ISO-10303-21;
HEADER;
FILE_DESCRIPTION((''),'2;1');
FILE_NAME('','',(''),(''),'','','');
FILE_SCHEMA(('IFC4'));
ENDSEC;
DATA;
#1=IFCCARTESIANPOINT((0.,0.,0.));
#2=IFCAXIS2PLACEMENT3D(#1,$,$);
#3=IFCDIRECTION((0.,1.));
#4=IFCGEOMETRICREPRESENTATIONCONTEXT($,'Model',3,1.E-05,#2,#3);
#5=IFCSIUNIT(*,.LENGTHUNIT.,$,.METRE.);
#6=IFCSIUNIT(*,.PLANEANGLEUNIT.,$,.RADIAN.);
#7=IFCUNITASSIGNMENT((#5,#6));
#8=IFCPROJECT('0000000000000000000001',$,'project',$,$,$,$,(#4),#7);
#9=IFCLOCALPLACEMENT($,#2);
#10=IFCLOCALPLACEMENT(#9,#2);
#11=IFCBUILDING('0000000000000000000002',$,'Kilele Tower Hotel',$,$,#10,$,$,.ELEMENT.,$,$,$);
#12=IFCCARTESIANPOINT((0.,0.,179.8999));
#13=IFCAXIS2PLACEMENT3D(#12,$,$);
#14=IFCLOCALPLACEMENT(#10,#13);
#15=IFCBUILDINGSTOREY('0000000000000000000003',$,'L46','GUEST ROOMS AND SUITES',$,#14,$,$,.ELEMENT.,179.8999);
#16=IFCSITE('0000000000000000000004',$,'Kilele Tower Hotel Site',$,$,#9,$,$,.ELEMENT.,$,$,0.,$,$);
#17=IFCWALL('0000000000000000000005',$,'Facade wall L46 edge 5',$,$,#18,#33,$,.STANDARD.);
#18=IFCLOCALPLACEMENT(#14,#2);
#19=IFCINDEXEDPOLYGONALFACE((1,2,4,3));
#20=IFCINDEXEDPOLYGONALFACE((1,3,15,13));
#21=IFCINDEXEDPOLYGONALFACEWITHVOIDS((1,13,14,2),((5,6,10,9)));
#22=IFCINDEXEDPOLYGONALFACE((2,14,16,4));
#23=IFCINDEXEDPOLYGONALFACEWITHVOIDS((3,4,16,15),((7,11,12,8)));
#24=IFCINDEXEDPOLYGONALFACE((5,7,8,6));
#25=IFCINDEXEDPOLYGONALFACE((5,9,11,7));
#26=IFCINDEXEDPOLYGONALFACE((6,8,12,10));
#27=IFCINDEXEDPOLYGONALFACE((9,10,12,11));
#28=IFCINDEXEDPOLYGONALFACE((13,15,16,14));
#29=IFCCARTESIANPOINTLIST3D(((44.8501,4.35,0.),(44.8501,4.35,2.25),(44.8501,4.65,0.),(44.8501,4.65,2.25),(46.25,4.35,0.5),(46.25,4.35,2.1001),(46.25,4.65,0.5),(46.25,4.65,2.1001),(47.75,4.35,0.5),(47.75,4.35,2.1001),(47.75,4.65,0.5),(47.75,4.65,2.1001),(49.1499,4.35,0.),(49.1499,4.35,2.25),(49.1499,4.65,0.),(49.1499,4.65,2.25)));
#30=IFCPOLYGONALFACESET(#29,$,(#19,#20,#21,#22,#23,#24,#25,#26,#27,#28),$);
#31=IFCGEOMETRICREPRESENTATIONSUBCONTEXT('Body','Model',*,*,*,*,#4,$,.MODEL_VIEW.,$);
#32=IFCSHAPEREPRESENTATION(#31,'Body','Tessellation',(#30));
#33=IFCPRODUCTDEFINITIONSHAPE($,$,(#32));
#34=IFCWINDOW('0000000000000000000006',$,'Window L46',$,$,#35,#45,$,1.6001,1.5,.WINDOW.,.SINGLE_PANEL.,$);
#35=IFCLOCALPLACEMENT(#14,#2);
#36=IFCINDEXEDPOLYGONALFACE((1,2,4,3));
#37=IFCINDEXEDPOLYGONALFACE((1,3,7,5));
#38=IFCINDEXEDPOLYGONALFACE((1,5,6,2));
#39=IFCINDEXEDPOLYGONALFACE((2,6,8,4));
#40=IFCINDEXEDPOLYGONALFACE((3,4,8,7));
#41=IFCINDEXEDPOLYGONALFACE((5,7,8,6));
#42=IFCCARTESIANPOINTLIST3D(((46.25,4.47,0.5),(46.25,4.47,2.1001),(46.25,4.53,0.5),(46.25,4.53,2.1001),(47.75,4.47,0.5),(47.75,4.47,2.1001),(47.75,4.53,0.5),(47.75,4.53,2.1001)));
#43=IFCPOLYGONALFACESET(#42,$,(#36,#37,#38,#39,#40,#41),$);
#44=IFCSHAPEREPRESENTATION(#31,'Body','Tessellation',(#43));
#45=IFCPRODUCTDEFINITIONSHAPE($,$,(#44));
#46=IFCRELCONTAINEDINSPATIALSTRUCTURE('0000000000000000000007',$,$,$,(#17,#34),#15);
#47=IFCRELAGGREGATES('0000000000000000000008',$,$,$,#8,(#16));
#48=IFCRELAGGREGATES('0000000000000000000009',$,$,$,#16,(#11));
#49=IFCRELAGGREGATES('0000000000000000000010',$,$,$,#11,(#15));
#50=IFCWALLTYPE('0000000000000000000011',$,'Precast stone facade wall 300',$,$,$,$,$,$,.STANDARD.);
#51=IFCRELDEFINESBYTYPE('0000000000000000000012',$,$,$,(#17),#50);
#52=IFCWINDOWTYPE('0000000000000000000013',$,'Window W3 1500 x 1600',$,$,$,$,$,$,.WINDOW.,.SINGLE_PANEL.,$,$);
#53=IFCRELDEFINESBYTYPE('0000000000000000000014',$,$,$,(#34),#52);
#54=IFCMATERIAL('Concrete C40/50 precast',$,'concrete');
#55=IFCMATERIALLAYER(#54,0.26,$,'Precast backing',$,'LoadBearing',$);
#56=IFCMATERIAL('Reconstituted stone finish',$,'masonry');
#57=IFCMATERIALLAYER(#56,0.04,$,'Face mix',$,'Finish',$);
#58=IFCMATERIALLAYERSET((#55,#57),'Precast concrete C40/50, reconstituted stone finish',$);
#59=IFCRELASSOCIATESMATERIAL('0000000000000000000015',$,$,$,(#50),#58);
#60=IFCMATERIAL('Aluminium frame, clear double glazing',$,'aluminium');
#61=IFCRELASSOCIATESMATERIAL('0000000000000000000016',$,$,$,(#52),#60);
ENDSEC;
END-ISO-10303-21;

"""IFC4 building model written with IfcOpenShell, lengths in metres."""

from ifc_helpers import new_model, si_unit, direction, frame, frame_2d, origin, place, context, subcontext, project, spatial, rectangle, extrude, material, layer, layer_set, type_object, element, fill, save


model = new_model("IFC4")

# Units and contexts
model_context = context("Model", 3, precision=1e-05, world=origin(), true_north=direction((0.0, 1.0)))
body_context = subcontext(model_context, "Body", "Model", "MODEL_VIEW")
ifc_project = project(units=[si_unit("LENGTHUNIT", "METRE"), si_unit("PLANEANGLEUNIT", "RADIAN")], contexts=[model_context])

# Site, building, storey
site_placement = place(None, origin())
site = spatial("IfcSite", under=ifc_project, at=site_placement, Name="Kilele Tower Hotel Site", CompositionType="ELEMENT", RefElevation=0.0)
building_placement = place(site_placement, origin())
building = spatial("IfcBuilding", under=site, at=building_placement, Name="Kilele Tower Hotel", CompositionType="ELEMENT")
storey_placement = place(building_placement, frame((0.0, 0.0, 179.8999)))
storey = spatial("IfcBuildingStorey", under=building, at=storey_placement, Name="L46", Description="GUEST ROOMS AND SUITES", CompositionType="ELEMENT", Elevation=179.8999)

# Wall, opening, window
ifc_material_1 = material(Name="Concrete C40/50 precast", Category="concrete")
ifc_layer_1 = layer(ifc_material_1, 0.26, Name="Precast backing", Category="LoadBearing")
ifc_material_2 = material(Name="Reconstituted stone finish", Category="masonry")
ifc_layer_2 = layer(ifc_material_2, 0.04, Name="Face mix", Category="Finish")
ifc_layer_set_1 = layer_set([ifc_layer_1, ifc_layer_2], Name="Precast concrete C40/50, reconstituted stone finish")
wall_type_1 = type_object("IfcWallType", Name="Precast stone facade wall 300", PredefinedType="STANDARD", material=ifc_layer_set_1)
wall_1_placement = place(storey_placement, frame((44.8501, 4.5, 0.0), z_axis=(0.0, 0.0, 1.0), x_axis=(1.0, 0.0, 0.0)))
wall_1 = element("IfcWall", 1, at=wall_1_placement, inside=storey, type_object=wall_type_1, Name="Facade wall L46 edge 5", PredefinedType="STANDARD", context=body_context, shape_type="SweptSolid", body=[
    extrude(rectangle(XDim=4.2998, YDim=0.3, at=frame_2d((2.1499, 0.0))), origin(), (0.0, 0.0, 1.0), 2.25),
])
opening_1_placement = place(wall_1_placement, frame((1.3999, 0.0, 0.5)))
opening_1 = element("IfcOpeningElement", 2, at=opening_1_placement, cuts=wall_1, PredefinedType="OPENING", context=body_context, shape_type="SweptSolid", body=[
    extrude(rectangle(XDim=1.5, YDim=1.6001, at=frame_2d((0.75, 0.8))), frame((0.0, 0.1599, 0.0), z_axis=(0.0, -1.0, 0.0), x_axis=(1.0, 0.0, 0.0)), (0.0, 0.0, 1.0), 0.3201),
])
ifc_material_3 = material(Name="Aluminium frame, clear double glazing", Category="aluminium")
window_type_1 = type_object("IfcWindowType", Name="Window W3 1500 x 1600", PartitioningType="SINGLE_PANEL", PredefinedType="WINDOW", material=ifc_material_3)
window_1_placement = place(opening_1_placement, origin())
window_1 = element("IfcWindow", 3, at=window_1_placement, inside=storey, type_object=window_type_1, Name="Window L46", OverallHeight=1.6001, OverallWidth=1.5, PartitioningType="SINGLE_PANEL", PredefinedType="WINDOW", context=body_context, shape_type="SweptSolid", body=[
    extrude(rectangle(XDim=1.5, YDim=1.6001, at=frame_2d((0.75, 0.8))), frame((0.0, 0.03, 0.0), z_axis=(0.0, -1.0, 0.0), x_axis=(1.0, 0.0, 0.0)), (0.0, 0.0, 1.0), 0.0601),
])
fill(opening_1, window_1)

save(model, "model.ifc")
